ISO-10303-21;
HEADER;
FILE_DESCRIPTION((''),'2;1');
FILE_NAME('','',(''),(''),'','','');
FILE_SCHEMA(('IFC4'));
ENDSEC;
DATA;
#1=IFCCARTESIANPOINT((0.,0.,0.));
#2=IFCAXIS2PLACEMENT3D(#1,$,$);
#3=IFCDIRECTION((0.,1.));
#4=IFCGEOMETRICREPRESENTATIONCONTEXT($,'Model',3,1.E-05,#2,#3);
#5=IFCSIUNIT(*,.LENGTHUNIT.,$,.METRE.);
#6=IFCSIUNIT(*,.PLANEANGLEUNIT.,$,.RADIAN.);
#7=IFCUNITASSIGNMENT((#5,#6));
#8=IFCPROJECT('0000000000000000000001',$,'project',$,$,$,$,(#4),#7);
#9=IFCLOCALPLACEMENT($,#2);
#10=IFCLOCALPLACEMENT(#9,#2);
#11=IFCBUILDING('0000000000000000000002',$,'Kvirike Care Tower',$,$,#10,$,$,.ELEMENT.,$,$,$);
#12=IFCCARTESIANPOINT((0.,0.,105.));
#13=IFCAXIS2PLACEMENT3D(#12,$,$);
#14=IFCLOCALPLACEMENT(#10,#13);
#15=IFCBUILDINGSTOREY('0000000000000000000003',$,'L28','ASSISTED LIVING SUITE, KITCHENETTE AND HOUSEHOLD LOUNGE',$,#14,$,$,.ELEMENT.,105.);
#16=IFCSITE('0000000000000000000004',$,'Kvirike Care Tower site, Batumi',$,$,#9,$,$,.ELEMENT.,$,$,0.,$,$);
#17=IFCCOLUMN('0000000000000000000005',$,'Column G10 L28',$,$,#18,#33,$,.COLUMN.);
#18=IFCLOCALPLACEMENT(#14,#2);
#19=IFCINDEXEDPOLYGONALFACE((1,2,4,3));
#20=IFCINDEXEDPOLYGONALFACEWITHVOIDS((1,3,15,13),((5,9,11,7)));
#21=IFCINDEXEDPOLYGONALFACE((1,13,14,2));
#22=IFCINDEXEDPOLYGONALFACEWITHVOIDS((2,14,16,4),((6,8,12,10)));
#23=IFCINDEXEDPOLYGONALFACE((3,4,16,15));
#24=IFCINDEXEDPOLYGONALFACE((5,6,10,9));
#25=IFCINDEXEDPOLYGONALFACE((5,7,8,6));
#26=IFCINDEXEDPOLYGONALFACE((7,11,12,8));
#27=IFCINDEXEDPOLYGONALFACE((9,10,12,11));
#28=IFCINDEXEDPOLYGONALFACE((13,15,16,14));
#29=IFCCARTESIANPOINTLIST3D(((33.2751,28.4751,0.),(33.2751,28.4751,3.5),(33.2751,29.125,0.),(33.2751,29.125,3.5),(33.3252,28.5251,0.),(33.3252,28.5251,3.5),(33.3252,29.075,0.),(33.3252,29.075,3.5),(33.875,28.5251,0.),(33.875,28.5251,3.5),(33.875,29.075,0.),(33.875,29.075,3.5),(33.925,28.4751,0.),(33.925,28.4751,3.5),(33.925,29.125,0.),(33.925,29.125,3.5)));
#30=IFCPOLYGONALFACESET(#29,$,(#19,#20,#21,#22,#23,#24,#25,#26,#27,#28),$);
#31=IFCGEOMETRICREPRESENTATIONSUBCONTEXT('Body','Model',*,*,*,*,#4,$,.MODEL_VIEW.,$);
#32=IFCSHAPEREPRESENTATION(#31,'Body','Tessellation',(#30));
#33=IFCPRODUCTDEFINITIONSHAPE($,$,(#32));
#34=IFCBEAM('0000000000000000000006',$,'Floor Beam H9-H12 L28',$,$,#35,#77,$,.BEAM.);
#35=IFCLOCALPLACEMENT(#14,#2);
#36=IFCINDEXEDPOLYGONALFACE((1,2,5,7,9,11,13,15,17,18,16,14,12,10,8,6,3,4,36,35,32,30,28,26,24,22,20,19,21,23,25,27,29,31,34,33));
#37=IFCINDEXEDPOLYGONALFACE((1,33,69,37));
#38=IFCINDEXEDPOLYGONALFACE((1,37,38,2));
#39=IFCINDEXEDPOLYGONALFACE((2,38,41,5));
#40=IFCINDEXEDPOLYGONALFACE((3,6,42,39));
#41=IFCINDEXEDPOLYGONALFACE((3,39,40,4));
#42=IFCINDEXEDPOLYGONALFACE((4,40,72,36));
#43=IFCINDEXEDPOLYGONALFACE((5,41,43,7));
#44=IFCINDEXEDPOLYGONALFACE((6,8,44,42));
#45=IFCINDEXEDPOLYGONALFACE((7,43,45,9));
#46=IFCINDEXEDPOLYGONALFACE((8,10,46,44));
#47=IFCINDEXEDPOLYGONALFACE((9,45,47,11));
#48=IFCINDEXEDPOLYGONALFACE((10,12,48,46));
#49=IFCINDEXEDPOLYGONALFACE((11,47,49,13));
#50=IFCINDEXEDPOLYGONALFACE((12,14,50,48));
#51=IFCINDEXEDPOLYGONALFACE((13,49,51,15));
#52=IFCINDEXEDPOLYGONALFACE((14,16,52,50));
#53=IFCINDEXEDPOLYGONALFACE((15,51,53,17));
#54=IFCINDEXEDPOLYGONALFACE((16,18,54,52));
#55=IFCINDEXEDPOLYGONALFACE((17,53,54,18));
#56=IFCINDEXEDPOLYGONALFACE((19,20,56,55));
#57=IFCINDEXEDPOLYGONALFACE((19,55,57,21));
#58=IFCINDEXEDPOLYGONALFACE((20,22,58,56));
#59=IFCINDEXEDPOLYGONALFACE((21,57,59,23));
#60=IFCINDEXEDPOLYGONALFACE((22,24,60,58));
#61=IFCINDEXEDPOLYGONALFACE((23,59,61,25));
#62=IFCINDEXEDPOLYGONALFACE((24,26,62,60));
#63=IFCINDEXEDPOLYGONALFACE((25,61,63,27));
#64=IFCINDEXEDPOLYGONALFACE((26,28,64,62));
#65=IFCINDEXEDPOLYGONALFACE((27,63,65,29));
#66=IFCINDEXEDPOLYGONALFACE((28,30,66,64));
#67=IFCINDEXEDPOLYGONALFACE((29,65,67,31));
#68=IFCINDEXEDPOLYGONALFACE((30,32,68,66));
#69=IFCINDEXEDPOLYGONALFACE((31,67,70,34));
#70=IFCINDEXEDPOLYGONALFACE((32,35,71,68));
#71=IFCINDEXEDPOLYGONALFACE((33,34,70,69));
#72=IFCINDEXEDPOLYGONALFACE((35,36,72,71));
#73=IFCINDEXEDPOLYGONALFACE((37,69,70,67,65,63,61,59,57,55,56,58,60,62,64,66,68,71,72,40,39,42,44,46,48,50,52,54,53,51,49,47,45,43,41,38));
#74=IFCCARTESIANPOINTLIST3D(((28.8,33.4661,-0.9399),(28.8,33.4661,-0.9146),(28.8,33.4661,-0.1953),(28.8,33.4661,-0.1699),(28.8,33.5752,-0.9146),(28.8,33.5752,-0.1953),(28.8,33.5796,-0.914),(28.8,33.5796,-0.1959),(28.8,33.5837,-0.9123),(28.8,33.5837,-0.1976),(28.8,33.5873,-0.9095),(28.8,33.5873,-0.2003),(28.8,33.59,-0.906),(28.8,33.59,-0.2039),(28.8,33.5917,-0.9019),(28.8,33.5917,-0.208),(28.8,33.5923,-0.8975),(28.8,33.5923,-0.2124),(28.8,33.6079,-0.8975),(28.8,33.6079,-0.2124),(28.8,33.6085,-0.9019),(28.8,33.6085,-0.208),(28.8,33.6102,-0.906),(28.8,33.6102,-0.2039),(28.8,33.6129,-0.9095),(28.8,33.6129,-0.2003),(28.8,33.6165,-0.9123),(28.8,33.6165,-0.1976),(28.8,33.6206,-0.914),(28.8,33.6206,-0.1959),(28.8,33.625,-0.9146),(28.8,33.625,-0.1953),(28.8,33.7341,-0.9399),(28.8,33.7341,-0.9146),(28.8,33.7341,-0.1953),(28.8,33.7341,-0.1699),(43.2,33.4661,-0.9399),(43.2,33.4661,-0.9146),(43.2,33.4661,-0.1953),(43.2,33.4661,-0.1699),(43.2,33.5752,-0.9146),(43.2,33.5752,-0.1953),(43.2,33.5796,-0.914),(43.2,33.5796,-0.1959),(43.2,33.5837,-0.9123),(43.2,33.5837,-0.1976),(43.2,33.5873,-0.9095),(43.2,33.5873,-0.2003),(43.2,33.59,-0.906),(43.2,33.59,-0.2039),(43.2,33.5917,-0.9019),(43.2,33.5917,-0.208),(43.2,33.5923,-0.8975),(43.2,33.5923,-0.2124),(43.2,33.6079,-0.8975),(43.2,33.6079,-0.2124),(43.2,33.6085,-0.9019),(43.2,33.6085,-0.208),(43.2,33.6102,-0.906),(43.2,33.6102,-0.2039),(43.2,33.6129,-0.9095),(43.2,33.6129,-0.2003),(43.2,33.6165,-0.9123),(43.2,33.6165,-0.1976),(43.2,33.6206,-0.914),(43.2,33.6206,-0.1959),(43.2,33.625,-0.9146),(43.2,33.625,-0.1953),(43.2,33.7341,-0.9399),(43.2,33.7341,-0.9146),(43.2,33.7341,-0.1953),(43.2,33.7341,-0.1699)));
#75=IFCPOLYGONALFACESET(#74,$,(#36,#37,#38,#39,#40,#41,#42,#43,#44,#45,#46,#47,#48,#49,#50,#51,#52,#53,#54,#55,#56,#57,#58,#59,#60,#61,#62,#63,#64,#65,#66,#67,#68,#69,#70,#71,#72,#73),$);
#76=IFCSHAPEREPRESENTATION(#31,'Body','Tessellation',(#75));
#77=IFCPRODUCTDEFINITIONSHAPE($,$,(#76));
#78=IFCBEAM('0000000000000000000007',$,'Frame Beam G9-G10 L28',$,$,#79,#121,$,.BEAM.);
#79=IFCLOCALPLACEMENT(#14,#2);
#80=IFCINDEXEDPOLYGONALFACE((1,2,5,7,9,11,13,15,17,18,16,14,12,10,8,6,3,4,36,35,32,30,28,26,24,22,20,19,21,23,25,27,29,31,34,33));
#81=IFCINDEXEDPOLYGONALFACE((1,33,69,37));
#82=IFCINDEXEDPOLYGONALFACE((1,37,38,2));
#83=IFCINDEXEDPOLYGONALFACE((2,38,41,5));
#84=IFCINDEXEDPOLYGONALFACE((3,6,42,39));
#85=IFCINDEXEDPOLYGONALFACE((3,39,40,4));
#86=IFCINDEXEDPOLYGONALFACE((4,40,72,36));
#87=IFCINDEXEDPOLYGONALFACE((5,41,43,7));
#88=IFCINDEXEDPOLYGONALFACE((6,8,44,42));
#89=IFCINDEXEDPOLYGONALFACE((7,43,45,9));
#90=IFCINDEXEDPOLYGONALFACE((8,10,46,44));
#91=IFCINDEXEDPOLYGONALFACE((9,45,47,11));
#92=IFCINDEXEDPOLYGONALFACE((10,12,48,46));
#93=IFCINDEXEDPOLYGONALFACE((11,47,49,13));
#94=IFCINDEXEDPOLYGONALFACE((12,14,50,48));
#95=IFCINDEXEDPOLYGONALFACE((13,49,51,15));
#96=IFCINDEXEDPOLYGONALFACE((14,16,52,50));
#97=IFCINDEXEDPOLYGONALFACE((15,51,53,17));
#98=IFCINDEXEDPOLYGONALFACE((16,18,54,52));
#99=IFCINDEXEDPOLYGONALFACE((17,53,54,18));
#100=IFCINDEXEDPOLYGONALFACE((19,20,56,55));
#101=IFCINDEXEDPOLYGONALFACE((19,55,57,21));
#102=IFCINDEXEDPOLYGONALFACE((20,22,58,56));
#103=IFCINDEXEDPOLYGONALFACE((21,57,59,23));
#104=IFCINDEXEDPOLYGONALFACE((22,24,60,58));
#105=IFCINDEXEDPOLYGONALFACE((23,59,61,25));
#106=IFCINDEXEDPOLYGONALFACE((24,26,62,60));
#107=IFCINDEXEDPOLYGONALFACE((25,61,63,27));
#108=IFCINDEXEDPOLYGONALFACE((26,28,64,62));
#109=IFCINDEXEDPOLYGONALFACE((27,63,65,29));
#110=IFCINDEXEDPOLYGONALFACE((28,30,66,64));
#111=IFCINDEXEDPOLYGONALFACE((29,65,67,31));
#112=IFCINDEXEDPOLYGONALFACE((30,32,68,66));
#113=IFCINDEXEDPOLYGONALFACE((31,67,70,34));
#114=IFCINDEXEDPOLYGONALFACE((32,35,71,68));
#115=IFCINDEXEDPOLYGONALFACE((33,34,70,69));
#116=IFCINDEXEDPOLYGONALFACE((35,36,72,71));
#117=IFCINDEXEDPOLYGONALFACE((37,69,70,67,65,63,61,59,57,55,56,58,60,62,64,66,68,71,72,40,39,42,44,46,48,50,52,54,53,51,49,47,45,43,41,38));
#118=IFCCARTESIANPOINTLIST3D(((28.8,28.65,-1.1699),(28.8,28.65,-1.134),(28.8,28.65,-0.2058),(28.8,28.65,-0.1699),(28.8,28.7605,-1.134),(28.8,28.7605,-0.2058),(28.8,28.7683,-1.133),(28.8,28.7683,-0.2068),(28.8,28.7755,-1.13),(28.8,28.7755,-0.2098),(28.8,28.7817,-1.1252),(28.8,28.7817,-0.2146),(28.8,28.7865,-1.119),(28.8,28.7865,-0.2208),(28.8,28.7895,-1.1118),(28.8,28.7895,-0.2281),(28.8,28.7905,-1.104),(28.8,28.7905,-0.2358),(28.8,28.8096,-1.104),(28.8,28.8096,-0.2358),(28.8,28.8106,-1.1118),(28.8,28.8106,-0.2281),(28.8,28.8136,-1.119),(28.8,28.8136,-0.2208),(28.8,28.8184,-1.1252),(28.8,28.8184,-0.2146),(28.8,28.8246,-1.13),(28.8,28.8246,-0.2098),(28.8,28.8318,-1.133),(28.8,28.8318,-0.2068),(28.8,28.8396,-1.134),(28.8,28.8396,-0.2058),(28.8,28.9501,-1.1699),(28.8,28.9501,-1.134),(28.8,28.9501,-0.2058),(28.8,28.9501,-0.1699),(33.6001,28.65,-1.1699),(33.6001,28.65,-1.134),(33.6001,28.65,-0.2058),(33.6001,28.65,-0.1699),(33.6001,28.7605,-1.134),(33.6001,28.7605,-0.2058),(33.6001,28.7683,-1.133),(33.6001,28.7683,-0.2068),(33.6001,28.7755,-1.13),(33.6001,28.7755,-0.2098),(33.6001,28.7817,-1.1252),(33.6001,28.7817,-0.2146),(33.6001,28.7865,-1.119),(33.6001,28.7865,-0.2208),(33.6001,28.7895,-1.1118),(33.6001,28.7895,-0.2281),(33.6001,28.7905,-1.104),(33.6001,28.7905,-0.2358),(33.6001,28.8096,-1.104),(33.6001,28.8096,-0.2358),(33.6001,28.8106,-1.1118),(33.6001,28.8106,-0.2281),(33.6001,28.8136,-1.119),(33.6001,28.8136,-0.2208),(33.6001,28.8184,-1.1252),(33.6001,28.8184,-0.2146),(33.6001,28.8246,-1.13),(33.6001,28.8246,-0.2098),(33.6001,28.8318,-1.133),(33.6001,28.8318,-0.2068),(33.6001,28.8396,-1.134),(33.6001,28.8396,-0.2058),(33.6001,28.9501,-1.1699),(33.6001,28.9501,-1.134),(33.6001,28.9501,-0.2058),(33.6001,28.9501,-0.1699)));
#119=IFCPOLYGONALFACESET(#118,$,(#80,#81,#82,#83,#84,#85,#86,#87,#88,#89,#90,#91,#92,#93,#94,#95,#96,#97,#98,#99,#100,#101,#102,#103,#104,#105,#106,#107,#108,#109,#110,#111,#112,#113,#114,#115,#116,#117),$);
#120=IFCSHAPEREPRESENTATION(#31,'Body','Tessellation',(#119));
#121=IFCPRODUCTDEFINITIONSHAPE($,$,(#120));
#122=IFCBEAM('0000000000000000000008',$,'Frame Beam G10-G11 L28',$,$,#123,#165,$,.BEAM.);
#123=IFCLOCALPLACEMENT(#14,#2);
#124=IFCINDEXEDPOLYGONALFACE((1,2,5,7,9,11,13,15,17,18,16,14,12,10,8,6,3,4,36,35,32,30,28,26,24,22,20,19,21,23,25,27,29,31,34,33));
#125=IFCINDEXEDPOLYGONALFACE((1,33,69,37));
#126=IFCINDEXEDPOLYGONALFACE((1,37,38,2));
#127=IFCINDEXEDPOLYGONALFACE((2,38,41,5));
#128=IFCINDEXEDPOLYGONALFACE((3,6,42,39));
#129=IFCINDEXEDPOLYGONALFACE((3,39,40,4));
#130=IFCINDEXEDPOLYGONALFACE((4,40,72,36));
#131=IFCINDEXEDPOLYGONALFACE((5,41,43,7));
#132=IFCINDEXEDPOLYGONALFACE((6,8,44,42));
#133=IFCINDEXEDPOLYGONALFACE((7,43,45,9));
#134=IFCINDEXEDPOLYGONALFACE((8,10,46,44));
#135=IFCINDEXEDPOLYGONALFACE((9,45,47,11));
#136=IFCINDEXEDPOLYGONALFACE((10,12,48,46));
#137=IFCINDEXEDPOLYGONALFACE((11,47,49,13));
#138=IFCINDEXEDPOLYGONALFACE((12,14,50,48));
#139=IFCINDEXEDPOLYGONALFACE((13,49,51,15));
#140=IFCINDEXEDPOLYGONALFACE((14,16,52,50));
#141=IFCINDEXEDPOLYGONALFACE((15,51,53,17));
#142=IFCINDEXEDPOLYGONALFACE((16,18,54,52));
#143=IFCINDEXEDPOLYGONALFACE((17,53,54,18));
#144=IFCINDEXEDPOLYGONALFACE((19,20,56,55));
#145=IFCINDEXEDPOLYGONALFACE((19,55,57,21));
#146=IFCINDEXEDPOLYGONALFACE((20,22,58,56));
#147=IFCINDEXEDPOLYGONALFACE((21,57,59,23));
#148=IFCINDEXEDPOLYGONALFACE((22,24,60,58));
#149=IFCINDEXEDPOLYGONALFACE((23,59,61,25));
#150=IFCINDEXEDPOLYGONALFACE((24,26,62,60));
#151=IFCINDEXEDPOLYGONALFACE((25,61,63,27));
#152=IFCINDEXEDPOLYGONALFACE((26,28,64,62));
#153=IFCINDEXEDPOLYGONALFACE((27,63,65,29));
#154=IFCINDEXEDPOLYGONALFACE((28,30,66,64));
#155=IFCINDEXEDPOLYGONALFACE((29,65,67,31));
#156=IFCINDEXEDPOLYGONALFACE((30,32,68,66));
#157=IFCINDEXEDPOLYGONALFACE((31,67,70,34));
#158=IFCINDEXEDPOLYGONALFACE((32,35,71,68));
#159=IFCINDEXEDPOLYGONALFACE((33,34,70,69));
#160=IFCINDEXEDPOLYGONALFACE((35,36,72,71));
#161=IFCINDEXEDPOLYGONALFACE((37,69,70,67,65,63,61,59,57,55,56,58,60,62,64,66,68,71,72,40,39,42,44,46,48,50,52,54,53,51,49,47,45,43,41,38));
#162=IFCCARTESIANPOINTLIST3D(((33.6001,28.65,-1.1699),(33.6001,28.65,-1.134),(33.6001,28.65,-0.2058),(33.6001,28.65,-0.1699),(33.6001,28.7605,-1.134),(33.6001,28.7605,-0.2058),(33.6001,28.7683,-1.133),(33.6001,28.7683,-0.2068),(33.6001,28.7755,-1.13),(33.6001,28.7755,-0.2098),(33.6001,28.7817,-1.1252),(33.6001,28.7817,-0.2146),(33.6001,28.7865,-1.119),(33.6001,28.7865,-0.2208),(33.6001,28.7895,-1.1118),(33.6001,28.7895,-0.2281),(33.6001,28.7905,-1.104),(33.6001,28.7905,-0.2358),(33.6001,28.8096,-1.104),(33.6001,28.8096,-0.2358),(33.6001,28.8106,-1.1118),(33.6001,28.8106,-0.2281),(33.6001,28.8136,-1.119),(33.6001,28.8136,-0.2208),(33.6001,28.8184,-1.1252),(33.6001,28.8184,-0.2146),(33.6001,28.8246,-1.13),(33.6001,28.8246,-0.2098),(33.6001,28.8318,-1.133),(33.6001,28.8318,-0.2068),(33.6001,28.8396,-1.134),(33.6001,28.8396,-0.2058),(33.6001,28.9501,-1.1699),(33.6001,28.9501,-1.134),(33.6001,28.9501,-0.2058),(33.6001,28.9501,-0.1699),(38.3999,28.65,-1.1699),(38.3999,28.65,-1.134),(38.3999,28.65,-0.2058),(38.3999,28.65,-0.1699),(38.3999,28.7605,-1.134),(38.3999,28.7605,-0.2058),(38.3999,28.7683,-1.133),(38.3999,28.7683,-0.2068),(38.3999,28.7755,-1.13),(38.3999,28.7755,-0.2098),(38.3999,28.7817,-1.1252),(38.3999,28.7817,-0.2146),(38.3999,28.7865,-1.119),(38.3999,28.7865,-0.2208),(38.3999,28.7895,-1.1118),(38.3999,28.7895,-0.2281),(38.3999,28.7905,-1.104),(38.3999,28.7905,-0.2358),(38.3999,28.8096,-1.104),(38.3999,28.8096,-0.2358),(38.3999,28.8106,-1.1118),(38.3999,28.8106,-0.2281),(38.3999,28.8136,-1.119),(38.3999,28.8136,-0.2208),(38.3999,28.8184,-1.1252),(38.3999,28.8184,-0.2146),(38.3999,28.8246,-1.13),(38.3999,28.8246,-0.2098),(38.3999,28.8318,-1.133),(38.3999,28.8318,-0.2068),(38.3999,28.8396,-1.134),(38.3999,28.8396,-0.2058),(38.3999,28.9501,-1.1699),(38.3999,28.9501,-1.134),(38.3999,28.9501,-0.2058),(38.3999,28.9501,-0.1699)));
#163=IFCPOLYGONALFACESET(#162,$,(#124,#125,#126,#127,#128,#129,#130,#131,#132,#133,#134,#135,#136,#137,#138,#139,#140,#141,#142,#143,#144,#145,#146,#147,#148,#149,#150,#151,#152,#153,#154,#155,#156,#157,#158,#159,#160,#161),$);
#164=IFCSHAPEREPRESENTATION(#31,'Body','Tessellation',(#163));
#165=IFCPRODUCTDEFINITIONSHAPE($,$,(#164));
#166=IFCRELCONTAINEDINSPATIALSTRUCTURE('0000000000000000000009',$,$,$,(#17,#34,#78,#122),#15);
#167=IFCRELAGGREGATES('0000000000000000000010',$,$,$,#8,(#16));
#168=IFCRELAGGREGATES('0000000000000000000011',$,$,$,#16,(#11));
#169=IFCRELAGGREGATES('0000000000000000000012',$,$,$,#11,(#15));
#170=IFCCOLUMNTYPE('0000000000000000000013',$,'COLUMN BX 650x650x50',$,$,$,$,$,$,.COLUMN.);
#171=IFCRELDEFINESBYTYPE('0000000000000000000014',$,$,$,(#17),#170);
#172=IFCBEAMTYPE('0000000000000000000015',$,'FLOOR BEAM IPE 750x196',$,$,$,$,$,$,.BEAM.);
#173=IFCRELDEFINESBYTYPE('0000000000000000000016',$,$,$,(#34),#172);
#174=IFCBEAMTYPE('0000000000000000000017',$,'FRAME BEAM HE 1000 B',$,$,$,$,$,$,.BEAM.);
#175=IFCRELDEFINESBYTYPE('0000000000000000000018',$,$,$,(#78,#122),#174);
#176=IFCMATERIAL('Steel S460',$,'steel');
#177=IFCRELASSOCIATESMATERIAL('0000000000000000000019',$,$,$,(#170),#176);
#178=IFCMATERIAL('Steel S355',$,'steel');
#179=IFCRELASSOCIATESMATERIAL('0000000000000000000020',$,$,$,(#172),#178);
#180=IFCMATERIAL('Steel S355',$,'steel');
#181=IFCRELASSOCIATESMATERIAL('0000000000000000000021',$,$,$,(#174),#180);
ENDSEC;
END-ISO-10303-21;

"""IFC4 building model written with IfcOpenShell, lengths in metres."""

from ifc_helpers import new_model, si_unit, direction, frame, origin, origin_2d, place, context, subcontext, project, spatial, hollow_rectangle, i_section, extrude, material, material_profile, profile_set, type_object, element, save


model = new_model("IFC4")

# Units and contexts
model_context = context("Model", 3, precision=1e-05, world=origin(), true_north=direction((0.0, 1.0)))
body_context = subcontext(model_context, "Body", "Model", "MODEL_VIEW")
ifc_project = project(units=[si_unit("LENGTHUNIT", "METRE"), si_unit("PLANEANGLEUNIT", "RADIAN")], contexts=[model_context])

# Site, building, storey
site_placement = place(None, origin())
site = spatial("IfcSite", under=ifc_project, at=site_placement, Name="Kvirike Care Tower site, Batumi", CompositionType="ELEMENT", RefElevation=0.0)
building_placement = place(site_placement, origin())
building = spatial("IfcBuilding", under=site, at=building_placement, Name="Kvirike Care Tower", CompositionType="ELEMENT")
storey_placement = place(building_placement, frame((0.0, 0.0, 105.0)))
storey = spatial("IfcBuildingStorey", under=building, at=storey_placement, Name="L28", Description="ASSISTED LIVING SUITE, KITCHENETTE AND HOUSEHOLD LOUNGE", CompositionType="ELEMENT", Elevation=105.0)

# Column
ifc_material_1 = material(Name="Steel S460", Category="steel")
ifc_material_profile_1 = material_profile(ifc_material_1, hollow_rectangle(XDim=0.6499, YDim=0.6499, WallThickness=0.05, at=origin_2d()), Name="BX 650x650x50")
ifc_profile_set_1 = profile_set([ifc_material_profile_1], Name="Steel S460")
column_type = type_object("IfcColumnType", Name="COLUMN BX 650x650x50", PredefinedType="COLUMN", material=ifc_profile_set_1)
column_placement = place(storey_placement, frame((33.6001, 28.8, 0.0), z_axis=(0.0, 0.0, 1.0), x_axis=(0.0, 1.0, 0.0)))
element("IfcColumn", 1, at=column_placement, inside=storey, type_object=column_type, Name="Column G10 L28", PredefinedType="COLUMN", context=body_context, shape_type="SweptSolid", body=[
    extrude(hollow_rectangle(XDim=0.6499, YDim=0.6499, WallThickness=0.05, at=origin_2d()), origin(), (0.0, 0.0, 1.0), 3.5),
])

# Beams
ifc_material_2 = material(Name="Steel S355", Category="steel")
ifc_material_profile_2 = material_profile(ifc_material_2, i_section(OverallWidth=0.2681, OverallDepth=0.77, WebThickness=0.0156, FlangeThickness=0.0254, FilletRadius=0.0171, at=origin_2d()), Name="IPE 750x196")
ifc_profile_set_2 = profile_set([ifc_material_profile_2], Name="Steel S355")
beam_type_1 = type_object("IfcBeamType", Name="FLOOR BEAM IPE 750x196", PredefinedType="BEAM", material=ifc_profile_set_2)
beam_1_placement = place(storey_placement, frame((28.8, 33.6001, -0.5549), z_axis=(1.0, 0.0, 0.0), x_axis=(0.0, 1.0, 0.0)))
element("IfcBeam", 2, at=beam_1_placement, inside=storey, type_object=beam_type_1, Name="Floor Beam H9-H12 L28", PredefinedType="BEAM", context=body_context, shape_type="SweptSolid", body=[
    extrude(i_section(OverallWidth=0.2681, OverallDepth=0.77, WebThickness=0.0156, FlangeThickness=0.0254, FilletRadius=0.0171, at=origin_2d()), origin(), (0.0, 0.0, 1.0), 14.3999),
])
ifc_material_3 = material(Name="Steel S355", Category="steel")
ifc_material_profile_3 = material_profile(ifc_material_3, i_section(OverallWidth=0.3, OverallDepth=1.0, WebThickness=0.019, FlangeThickness=0.0359, FilletRadius=0.03, at=origin_2d()), Name="HE 1000 B")
ifc_profile_set_3 = profile_set([ifc_material_profile_3], Name="Steel S355")
beam_type_2 = type_object("IfcBeamType", Name="FRAME BEAM HE 1000 B", PredefinedType="BEAM", material=ifc_profile_set_3)
beam_2_placement = place(storey_placement, frame((28.8, 28.8, -0.6699), z_axis=(1.0, 0.0, 0.0), x_axis=(0.0, 1.0, 0.0)))
element("IfcBeam", 3, at=beam_2_placement, inside=storey, type_object=beam_type_2, Name="Frame Beam G9-G10 L28", PredefinedType="BEAM", context=body_context, shape_type="SweptSolid", body=[
    extrude(i_section(OverallWidth=0.3, OverallDepth=1.0, WebThickness=0.019, FlangeThickness=0.0359, FilletRadius=0.03, at=origin_2d()), origin(), (0.0, 0.0, 1.0), 4.8),
])
beam_3_placement = place(storey_placement, frame((33.6001, 28.8, -0.6699), z_axis=(1.0, 0.0, 0.0), x_axis=(0.0, 1.0, 0.0)))
element("IfcBeam", 4, at=beam_3_placement, inside=storey, type_object=beam_type_2, Name="Frame Beam G10-G11 L28", PredefinedType="BEAM", context=body_context, shape_type="SweptSolid", body=[
    extrude(i_section(OverallWidth=0.3, OverallDepth=1.0, WebThickness=0.019, FlangeThickness=0.0359, FilletRadius=0.03, at=origin_2d()), origin(), (0.0, 0.0, 1.0), 4.7998),
])

save(model, "model.ifc")
